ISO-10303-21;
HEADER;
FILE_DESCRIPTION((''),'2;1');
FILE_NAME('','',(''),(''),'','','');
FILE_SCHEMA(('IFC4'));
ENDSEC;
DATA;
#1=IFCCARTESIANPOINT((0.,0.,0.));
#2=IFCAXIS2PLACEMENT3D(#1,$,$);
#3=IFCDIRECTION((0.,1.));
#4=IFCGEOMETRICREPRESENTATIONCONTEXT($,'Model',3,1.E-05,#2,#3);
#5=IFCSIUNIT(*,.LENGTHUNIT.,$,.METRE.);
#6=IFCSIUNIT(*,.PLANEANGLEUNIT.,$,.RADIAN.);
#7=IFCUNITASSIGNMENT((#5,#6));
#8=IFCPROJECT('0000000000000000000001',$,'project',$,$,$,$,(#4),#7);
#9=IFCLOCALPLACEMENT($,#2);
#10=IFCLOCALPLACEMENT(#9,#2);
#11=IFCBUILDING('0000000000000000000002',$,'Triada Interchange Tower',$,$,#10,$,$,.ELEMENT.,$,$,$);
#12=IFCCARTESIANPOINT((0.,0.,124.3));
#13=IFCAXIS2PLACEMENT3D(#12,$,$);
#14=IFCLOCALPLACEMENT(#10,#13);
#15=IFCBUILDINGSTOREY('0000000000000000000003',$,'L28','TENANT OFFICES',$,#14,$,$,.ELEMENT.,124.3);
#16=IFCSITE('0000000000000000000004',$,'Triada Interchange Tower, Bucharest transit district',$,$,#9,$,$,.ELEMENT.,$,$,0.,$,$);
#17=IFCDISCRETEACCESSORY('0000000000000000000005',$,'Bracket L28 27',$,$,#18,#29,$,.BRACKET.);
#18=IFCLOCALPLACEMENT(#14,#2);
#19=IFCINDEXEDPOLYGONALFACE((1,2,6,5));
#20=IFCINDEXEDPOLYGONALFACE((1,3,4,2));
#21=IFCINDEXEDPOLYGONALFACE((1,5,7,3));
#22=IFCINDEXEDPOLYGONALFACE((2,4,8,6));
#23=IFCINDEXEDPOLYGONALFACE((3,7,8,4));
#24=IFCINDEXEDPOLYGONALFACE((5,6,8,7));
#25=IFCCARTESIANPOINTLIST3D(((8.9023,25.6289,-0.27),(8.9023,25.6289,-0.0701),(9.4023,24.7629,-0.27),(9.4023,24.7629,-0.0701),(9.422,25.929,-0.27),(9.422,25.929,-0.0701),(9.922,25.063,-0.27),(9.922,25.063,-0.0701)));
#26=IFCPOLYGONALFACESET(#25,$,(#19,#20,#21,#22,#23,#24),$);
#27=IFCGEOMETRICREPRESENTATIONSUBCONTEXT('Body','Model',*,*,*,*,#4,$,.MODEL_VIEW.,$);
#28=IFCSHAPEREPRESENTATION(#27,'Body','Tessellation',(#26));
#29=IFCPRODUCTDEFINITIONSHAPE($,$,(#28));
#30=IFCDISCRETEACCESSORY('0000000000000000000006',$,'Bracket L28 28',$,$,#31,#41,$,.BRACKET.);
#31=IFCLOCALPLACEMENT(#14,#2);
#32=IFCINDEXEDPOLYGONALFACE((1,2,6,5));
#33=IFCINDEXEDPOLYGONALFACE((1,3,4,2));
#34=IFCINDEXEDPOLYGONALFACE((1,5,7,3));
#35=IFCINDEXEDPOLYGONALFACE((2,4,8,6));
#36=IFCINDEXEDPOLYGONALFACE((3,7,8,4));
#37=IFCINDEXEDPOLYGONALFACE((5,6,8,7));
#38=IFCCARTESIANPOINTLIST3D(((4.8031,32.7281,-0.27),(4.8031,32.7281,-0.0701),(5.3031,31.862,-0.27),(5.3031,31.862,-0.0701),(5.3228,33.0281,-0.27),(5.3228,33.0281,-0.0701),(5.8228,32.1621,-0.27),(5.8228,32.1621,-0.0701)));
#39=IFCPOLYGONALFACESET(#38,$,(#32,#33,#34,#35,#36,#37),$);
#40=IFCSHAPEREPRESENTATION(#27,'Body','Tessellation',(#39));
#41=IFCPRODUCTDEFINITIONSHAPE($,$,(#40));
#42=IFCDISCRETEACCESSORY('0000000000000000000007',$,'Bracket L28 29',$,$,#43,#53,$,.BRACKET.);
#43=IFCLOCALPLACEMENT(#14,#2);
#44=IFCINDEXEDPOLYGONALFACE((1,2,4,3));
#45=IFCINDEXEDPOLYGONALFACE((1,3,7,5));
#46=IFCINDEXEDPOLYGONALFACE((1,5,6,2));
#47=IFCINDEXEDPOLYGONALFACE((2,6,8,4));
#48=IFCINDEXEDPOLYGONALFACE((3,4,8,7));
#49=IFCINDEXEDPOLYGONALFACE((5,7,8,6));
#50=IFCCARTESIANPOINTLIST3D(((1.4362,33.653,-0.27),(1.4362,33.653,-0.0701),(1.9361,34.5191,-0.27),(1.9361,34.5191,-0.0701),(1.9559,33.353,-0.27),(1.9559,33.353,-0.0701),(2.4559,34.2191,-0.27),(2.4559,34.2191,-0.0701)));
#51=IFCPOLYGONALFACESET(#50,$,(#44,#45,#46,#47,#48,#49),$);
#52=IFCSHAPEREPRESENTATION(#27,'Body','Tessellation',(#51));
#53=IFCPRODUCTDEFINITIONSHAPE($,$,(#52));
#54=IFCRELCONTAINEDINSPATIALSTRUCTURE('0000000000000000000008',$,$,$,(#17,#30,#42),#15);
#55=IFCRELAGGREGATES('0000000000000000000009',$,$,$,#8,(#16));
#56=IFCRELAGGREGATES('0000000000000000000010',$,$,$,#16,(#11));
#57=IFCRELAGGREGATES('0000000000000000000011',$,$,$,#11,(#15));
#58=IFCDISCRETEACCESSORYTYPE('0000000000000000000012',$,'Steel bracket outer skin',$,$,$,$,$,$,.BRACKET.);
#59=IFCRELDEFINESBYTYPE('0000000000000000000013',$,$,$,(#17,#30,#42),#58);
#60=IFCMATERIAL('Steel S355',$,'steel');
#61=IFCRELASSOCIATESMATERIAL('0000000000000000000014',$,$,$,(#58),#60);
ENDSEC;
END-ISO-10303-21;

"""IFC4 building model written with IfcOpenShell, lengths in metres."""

from ifc_helpers import new_model, si_unit, direction, frame, origin, origin_2d, place, context, subcontext, project, spatial, rectangle, extrude, material, type_object, element, save


model = new_model("IFC4")

# Units and contexts
model_context = context("Model", 3, precision=1e-05, world=origin(), true_north=direction((0.0, 1.0)))
body_context = subcontext(model_context, "Body", "Model", "MODEL_VIEW")
ifc_project = project(units=[si_unit("LENGTHUNIT", "METRE"), si_unit("PLANEANGLEUNIT", "RADIAN")], contexts=[model_context])

# Site, building, storey
site_placement = place(None, origin())
site = spatial("IfcSite", under=ifc_project, at=site_placement, Name="Triada Interchange Tower, Bucharest transit district", CompositionType="ELEMENT", RefElevation=0.0)
building_placement = place(site_placement, origin())
building = spatial("IfcBuilding", under=site, at=building_placement, Name="Triada Interchange Tower", CompositionType="ELEMENT")
storey_placement = place(building_placement, frame((0.0, 0.0, 124.3)))
storey = spatial("IfcBuildingStorey", under=building, at=storey_placement, Name="L28", Description="TENANT OFFICES", CompositionType="ELEMENT", Elevation=124.3)

# Discrete accessories
ifc_material_1 = material(Name="Steel S355", Category="steel")
discrete_accessory_type = type_object("IfcDiscreteAccessoryType", Name="Steel bracket outer skin", PredefinedType="BRACKET", material=ifc_material_1)
for number, where, z_axis, x_axis, name in (
    (1, (9.4121, 25.3459, -0.27), (0.0, 0.0, 1.0), (0.866028, 0.499995, 0.0), "Bracket L28 27"),
    (2, (5.313, 32.4451, -0.27), (0.0, 0.0, 1.0), (0.866028, 0.499995, 0.0), "Bracket L28 28"),
    (3, (1.946, 33.936, -0.27), (0.0, 0.0, 1.0), (-0.866071, 0.499921, 0.0), "Bracket L28 29"),
):
    element("IfcDiscreteAccessory", number, at=place(storey_placement, frame(where, z_axis=z_axis, x_axis=x_axis)), inside=storey, type_object=discrete_accessory_type, Name=name, PredefinedType="BRACKET", context=body_context, shape_type="SweptSolid", body=[
        extrude(rectangle(XDim=0.6001, YDim=1.0, at=origin_2d()), origin(), (0.0, 0.0, 1.0), 0.2),
    ])

save(model, "model.ifc")
